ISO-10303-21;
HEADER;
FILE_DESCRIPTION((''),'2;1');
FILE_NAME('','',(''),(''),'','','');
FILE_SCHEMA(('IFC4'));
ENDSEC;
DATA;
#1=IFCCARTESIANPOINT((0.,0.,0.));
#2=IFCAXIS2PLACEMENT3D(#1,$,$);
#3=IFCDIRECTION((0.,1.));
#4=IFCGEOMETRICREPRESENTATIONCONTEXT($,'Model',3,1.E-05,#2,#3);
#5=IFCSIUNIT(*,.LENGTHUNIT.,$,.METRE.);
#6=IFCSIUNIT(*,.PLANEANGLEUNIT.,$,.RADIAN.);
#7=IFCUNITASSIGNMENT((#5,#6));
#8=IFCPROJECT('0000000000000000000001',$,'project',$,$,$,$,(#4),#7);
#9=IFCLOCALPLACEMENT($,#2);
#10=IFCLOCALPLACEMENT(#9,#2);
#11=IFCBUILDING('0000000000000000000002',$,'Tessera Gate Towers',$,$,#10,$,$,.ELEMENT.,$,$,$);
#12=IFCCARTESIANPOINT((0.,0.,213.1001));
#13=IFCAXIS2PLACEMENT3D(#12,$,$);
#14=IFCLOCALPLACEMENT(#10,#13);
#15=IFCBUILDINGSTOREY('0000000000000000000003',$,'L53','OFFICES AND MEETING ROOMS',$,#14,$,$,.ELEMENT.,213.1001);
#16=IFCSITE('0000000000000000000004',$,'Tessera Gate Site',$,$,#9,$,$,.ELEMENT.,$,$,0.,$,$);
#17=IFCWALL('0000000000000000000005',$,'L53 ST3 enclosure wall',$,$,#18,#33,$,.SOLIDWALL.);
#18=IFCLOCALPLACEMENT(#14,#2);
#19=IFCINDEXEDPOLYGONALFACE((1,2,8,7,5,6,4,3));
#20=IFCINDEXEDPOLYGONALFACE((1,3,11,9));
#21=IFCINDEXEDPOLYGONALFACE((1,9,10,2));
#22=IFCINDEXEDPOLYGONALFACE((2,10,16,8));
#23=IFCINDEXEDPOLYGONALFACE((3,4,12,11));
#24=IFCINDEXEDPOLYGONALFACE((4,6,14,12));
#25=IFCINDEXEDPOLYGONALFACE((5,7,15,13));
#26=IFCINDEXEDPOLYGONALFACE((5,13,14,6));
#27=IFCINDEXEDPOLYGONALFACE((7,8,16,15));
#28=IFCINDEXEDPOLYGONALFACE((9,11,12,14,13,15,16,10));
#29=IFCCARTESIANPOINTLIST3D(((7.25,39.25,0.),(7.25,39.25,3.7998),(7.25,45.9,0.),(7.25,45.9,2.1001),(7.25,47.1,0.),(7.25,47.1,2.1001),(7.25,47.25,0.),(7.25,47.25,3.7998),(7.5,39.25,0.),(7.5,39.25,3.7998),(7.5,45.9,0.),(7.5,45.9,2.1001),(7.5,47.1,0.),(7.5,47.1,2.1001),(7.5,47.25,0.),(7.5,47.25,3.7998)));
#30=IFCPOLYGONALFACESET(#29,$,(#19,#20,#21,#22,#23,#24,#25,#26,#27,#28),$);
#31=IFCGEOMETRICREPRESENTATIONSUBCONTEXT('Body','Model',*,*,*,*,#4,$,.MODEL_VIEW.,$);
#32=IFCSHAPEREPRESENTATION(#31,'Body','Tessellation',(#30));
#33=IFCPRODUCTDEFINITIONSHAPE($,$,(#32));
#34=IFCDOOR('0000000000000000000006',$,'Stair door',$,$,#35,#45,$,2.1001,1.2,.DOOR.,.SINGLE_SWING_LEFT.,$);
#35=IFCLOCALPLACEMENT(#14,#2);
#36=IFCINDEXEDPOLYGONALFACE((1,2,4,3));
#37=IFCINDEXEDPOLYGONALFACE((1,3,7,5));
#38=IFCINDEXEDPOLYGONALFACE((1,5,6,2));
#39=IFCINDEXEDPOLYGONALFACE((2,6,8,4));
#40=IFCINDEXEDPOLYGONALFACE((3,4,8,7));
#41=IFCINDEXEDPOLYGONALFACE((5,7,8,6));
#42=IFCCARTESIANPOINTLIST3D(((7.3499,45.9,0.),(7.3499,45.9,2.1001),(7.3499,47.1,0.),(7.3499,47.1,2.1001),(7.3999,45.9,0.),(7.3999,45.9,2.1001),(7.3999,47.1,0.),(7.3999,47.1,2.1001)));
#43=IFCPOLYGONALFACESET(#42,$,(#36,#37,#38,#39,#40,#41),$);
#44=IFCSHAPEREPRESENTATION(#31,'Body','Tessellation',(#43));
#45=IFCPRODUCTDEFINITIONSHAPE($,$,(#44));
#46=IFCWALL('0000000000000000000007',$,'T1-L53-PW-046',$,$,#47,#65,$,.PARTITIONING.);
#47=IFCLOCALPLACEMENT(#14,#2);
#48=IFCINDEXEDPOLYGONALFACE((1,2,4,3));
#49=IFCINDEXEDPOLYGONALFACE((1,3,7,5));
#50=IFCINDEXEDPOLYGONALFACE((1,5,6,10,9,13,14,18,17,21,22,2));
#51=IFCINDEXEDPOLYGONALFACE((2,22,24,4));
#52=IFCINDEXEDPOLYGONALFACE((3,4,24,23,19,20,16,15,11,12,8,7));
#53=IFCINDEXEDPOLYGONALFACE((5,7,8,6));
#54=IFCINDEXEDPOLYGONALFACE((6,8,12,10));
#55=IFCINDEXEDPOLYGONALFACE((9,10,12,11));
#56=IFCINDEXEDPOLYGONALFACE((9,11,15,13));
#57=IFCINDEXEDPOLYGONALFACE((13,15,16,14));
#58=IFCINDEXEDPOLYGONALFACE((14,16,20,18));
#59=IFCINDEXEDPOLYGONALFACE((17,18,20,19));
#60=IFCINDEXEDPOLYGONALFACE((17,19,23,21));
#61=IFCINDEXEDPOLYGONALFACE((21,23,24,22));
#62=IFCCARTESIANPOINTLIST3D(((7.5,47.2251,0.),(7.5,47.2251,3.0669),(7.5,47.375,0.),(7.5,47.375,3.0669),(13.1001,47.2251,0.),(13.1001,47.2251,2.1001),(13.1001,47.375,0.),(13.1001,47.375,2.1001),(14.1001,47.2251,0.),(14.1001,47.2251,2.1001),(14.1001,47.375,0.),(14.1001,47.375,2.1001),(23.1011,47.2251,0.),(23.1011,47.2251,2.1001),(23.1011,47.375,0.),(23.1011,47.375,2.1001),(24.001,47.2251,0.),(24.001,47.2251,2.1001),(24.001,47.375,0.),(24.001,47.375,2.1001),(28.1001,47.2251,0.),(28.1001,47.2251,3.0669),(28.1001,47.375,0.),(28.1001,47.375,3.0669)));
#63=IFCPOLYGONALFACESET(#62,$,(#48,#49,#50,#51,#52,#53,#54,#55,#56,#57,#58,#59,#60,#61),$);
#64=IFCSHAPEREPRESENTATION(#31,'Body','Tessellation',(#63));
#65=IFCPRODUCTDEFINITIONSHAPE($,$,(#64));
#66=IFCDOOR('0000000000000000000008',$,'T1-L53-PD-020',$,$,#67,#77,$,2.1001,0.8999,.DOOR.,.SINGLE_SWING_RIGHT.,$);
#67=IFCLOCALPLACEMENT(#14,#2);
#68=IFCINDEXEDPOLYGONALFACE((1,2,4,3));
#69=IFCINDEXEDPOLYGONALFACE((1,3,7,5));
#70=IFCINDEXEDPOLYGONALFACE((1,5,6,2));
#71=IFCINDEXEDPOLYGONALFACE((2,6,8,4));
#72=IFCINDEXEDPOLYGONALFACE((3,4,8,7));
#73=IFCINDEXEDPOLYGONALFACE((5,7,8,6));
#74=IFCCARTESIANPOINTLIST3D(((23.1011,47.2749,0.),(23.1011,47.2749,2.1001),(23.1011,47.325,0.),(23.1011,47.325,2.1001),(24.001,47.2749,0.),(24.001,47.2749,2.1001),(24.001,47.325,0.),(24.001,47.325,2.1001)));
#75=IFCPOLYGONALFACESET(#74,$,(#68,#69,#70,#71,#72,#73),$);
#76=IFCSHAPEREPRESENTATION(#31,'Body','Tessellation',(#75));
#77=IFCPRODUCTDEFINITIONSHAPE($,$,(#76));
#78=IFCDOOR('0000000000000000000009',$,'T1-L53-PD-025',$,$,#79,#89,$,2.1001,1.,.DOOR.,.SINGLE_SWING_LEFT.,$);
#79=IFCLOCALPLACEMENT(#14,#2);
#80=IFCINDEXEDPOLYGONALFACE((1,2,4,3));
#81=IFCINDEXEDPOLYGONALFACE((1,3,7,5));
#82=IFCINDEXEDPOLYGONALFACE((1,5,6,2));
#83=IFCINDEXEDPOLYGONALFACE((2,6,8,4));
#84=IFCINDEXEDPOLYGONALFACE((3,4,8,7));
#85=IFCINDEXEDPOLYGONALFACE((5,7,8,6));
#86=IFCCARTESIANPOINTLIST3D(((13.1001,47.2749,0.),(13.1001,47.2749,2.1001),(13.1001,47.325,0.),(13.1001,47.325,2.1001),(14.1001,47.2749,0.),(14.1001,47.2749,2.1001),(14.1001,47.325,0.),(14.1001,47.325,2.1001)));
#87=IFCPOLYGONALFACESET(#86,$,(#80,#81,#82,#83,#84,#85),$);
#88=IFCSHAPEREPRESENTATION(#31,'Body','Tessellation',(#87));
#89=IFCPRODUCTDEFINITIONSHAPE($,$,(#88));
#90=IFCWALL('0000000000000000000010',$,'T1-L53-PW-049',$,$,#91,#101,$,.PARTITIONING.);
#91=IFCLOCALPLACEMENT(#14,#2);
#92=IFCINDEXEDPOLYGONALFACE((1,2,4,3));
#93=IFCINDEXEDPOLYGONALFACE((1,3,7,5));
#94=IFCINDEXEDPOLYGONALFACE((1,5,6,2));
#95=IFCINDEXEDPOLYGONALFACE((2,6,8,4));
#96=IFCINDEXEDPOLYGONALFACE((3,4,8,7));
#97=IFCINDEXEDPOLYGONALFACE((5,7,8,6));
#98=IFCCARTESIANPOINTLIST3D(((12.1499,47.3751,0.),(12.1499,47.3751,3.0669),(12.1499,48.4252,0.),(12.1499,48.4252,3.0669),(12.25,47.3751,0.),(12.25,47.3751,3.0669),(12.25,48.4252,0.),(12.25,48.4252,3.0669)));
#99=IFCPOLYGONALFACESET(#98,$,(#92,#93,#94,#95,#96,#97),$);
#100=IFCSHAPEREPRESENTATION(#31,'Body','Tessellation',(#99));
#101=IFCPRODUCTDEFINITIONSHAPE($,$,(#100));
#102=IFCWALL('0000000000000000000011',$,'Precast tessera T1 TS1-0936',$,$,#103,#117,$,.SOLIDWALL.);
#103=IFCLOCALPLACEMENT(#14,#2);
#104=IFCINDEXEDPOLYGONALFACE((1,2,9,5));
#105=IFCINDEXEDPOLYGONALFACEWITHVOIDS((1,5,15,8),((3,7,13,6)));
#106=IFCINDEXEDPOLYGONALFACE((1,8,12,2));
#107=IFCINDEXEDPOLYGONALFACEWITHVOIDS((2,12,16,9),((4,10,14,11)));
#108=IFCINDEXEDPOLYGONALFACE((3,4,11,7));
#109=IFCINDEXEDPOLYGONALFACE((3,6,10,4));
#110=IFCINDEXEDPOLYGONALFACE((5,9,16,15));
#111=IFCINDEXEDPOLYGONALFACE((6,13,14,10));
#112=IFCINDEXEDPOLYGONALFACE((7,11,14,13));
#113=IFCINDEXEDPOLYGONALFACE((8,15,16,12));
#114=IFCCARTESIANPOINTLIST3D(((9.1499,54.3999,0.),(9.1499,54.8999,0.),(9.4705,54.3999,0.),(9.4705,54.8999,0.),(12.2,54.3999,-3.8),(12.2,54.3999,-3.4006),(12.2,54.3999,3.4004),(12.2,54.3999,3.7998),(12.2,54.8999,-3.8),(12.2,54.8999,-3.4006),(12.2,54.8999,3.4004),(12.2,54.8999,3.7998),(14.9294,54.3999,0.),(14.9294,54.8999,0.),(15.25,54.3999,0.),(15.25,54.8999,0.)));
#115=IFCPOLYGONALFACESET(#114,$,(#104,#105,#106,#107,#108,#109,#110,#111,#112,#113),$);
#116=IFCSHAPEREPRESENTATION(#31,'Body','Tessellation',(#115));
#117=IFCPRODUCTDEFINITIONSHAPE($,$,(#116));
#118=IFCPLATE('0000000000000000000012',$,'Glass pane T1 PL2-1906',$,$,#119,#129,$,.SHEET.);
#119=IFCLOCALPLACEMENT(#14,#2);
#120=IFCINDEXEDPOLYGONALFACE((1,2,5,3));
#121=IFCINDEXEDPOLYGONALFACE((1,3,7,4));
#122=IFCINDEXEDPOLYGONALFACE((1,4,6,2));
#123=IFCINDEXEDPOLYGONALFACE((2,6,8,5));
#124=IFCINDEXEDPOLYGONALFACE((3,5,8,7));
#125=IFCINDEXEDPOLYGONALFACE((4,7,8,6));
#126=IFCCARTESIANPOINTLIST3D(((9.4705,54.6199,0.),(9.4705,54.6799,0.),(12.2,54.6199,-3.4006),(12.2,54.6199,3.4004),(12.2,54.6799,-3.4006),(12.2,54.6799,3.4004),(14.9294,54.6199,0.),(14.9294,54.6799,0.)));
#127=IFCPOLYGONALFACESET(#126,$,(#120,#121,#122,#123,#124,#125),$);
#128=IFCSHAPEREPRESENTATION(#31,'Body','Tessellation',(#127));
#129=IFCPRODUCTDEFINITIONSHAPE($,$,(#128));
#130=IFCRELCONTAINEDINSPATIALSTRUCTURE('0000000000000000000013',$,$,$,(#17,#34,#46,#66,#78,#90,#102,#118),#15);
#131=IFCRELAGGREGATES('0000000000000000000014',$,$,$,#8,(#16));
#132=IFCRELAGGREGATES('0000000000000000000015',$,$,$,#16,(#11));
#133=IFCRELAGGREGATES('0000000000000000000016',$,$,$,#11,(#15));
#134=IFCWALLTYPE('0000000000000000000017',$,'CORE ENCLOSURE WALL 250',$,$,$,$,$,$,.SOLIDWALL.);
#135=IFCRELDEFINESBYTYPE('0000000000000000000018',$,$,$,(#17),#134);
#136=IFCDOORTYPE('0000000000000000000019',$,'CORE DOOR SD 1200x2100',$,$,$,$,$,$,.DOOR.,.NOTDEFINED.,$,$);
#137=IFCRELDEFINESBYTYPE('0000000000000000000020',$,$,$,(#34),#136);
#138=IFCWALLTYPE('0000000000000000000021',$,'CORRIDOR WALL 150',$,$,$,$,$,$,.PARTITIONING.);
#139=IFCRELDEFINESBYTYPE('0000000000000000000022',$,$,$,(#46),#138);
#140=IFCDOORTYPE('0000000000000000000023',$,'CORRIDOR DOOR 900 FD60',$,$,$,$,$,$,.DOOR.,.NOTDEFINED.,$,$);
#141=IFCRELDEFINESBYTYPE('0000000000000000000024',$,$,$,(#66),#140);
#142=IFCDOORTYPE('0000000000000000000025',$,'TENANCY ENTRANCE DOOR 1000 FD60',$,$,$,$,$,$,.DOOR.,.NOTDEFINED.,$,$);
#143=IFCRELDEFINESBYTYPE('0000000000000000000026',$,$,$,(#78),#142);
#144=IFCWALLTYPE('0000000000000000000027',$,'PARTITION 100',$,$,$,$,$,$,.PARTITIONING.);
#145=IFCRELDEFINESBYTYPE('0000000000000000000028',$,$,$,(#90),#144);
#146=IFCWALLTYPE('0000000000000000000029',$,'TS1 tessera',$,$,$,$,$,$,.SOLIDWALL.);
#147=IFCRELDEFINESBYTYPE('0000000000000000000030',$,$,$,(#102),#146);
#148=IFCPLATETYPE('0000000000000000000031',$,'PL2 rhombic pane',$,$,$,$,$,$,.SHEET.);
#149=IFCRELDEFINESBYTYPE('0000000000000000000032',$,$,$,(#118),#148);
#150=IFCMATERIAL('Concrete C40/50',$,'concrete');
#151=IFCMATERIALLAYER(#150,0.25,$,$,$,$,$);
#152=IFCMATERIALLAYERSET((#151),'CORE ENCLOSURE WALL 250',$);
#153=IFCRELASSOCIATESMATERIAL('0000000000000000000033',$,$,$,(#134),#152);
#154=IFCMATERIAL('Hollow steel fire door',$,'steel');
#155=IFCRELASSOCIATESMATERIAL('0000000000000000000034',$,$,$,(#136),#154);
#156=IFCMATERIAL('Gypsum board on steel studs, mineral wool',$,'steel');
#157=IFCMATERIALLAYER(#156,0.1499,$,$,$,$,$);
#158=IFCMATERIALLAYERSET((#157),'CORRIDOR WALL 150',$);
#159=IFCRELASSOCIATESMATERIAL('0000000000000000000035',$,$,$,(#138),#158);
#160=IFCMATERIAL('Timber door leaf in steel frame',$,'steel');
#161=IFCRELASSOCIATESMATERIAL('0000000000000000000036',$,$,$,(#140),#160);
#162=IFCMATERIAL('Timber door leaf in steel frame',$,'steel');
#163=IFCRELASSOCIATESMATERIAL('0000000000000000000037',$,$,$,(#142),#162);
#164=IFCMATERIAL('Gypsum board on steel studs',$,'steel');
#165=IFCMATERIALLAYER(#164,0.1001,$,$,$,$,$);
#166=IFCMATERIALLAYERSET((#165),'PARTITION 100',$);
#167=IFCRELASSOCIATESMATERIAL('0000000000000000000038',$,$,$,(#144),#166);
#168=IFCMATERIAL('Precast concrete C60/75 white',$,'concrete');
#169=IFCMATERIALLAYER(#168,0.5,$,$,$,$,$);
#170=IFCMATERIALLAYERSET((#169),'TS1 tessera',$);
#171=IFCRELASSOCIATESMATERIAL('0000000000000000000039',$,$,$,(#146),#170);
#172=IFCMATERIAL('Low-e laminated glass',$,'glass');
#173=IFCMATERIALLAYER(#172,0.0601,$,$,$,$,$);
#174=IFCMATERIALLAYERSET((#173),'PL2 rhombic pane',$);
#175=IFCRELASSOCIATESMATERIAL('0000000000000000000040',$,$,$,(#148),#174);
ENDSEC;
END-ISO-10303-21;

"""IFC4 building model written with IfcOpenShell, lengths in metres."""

from ifc_helpers import new_model, si_unit, direction, frame, frame_2d, origin, place, context, subcontext, project, spatial, polyline, rectangle, outline, extrude, source, transform, mapped, material, layer, layer_set, type_object, element, fill, save


model = new_model("IFC4")

# Units and contexts
model_context = context("Model", 3, precision=1e-05, world=origin(), true_north=direction((0.0, 1.0)))
body_context = subcontext(model_context, "Body", "Model", "MODEL_VIEW")
ifc_project = project(units=[si_unit("LENGTHUNIT", "METRE"), si_unit("PLANEANGLEUNIT", "RADIAN")], contexts=[model_context])

# Site, building, storey
site_placement = place(None, origin())
site = spatial("IfcSite", under=ifc_project, at=site_placement, Name="Tessera Gate Site", CompositionType="ELEMENT", RefElevation=0.0)
building_placement = place(site_placement, origin())
building = spatial("IfcBuilding", under=site, at=building_placement, Name="Tessera Gate Towers", CompositionType="ELEMENT")
storey_placement = place(building_placement, frame((0.0, 0.0, 213.1001)))
storey = spatial("IfcBuildingStorey", under=building, at=storey_placement, Name="L53", Description="OFFICES AND MEETING ROOMS", CompositionType="ELEMENT", Elevation=213.1001)

# Shared definitions
ifc_material_1 = material(Name="Concrete C40/50", Category="concrete")
ifc_layer_1 = layer(ifc_material_1, 0.25)
ifc_layer_set_1 = layer_set([ifc_layer_1], Name="CORE ENCLOSURE WALL 250")
wall_type_1 = type_object("IfcWallType", Name="CORE ENCLOSURE WALL 250", PredefinedType="SOLIDWALL", material=ifc_layer_set_1)

# Wall, opening, door
wall_1_placement = place(storey_placement, frame((7.375, 47.25, 0.0), z_axis=(0.0, 0.0, 1.0), x_axis=(0.0, -1.0, 0.0)))
wall_1 = element("IfcWall", 1, at=wall_1_placement, inside=storey, type_object=wall_type_1, Name="L53 ST3 enclosure wall", PredefinedType="SOLIDWALL", context=body_context, shape_type="SweptSolid", body=[
    extrude(rectangle(XDim=8.0, YDim=0.25, at=frame_2d((4.0, 0.0))), origin(), (0.0, 0.0, 1.0), 3.7998),
])
shared_shape_1 = source(origin(), body_context, "Body", "SweptSolid", [
    extrude(rectangle(XDim=1.2, YDim=2.1001, at=frame_2d((0.6001, 1.05))), frame((0.0, 0.135, 0.0), z_axis=(0.0, -1.0, 0.0), x_axis=(1.0, 0.0, 0.0)), (0.0, 0.0, 1.0), 0.27),
])
opening_1_placement = place(wall_1_placement, frame((0.1499, 0.0, 0.0)))
opening_1 = element("IfcOpeningElement", 2, at=opening_1_placement, cuts=wall_1, PredefinedType="OPENING", context=body_context, shape_type="MappedRepresentation", body=[
    mapped(shared_shape_1, transform((0.0, 0.0, 0.0), scale=1.0)),
])
ifc_material_2 = material(Name="Hollow steel fire door", Category="steel")
door_type_1 = type_object("IfcDoorType", Name="CORE DOOR SD 1200x2100", OperationType="NOTDEFINED", PredefinedType="DOOR", material=ifc_material_2)
shared_shape_2 = source(origin(), body_context, "Body", "SweptSolid", [
    extrude(rectangle(XDim=1.2, YDim=2.1001, at=frame_2d((0.6001, 1.05))), frame((0.0, 0.0249, 0.0), z_axis=(0.0, -1.0, 0.0), x_axis=(1.0, 0.0, 0.0)), (0.0, 0.0, 1.0), 0.05),
])
door_1_placement = place(opening_1_placement, origin())
door_1 = element("IfcDoor", 3, at=door_1_placement, inside=storey, type_object=door_type_1, Name="Stair door", OperationType="SINGLE_SWING_LEFT", OverallHeight=2.1001, OverallWidth=1.2, PredefinedType="DOOR", context=body_context, shape_type="MappedRepresentation", body=[
    mapped(shared_shape_2, transform((0.0, 0.0, 0.0), scale=1.0)),
])
fill(opening_1, door_1)

# Wall, openings, doors
ifc_material_3 = material(Name="Gypsum board on steel studs, mineral wool", Category="steel")
ifc_layer_2 = layer(ifc_material_3, 0.1499)
ifc_layer_set_2 = layer_set([ifc_layer_2], Name="CORRIDOR WALL 150")
wall_type_2 = type_object("IfcWallType", Name="CORRIDOR WALL 150", PredefinedType="PARTITIONING", material=ifc_layer_set_2)
wall_2_placement = place(storey_placement, frame((7.5, 47.3, 0.0), z_axis=(0.0, 0.0, 1.0), x_axis=(1.0, 0.0, 0.0)))
wall_2 = element("IfcWall", 4, at=wall_2_placement, inside=storey, type_object=wall_type_2, Name="T1-L53-PW-046", PredefinedType="PARTITIONING", context=body_context, shape_type="SweptSolid", body=[
    extrude(rectangle(XDim=20.6001, YDim=0.1499, at=frame_2d((10.3, 0.0))), origin(), (0.0, 0.0, 1.0), 3.0669),
])
shared_shape_3 = source(origin(), body_context, "Body", "SweptSolid", [
    extrude(rectangle(XDim=0.8999, YDim=2.1001, at=frame_2d((0.45, 1.05))), frame((0.0, 0.085, 0.0), z_axis=(0.0, -1.0, 0.0), x_axis=(1.0, 0.0, 0.0)), (0.0, 0.0, 1.0), 0.1699),
])
opening_2_placement = place(wall_2_placement, frame((15.6011, 0.0, 0.0)))
opening_2 = element("IfcOpeningElement", 5, at=opening_2_placement, cuts=wall_2, PredefinedType="OPENING", context=body_context, shape_type="MappedRepresentation", body=[
    mapped(shared_shape_3, transform((0.0, 0.0, 0.0), scale=1.0)),
])
shared_shape_4 = source(origin(), body_context, "Body", "SweptSolid", [
    extrude(rectangle(XDim=1.0, YDim=2.1001, at=frame_2d((0.5, 1.05))), frame((0.0, 0.085, 0.0), z_axis=(0.0, -1.0, 0.0), x_axis=(1.0, 0.0, 0.0)), (0.0, 0.0, 1.0), 0.1699),
])
opening_3_placement = place(wall_2_placement, frame((5.6001, 0.0, 0.0)))
opening_3 = element("IfcOpeningElement", 6, at=opening_3_placement, cuts=wall_2, PredefinedType="OPENING", context=body_context, shape_type="MappedRepresentation", body=[
    mapped(shared_shape_4, transform((0.0, 0.0, 0.0), scale=1.0)),
])
ifc_material_4 = material(Name="Timber door leaf in steel frame", Category="steel")
door_type_2 = type_object("IfcDoorType", Name="CORRIDOR DOOR 900 FD60", OperationType="NOTDEFINED", PredefinedType="DOOR", material=ifc_material_4)
shared_shape_5 = source(origin(), body_context, "Body", "SweptSolid", [
    extrude(rectangle(XDim=0.8999, YDim=2.1001, at=frame_2d((0.45, 1.05))), frame((0.0, 0.0249, 0.0), z_axis=(0.0, -1.0, 0.0), x_axis=(1.0, 0.0, 0.0)), (0.0, 0.0, 1.0), 0.05),
])
door_2_placement = place(opening_2_placement, origin())
door_2 = element("IfcDoor", 7, at=door_2_placement, inside=storey, type_object=door_type_2, Name="T1-L53-PD-020", OperationType="SINGLE_SWING_RIGHT", OverallHeight=2.1001, OverallWidth=0.8999, PredefinedType="DOOR", context=body_context, shape_type="MappedRepresentation", body=[
    mapped(shared_shape_5, transform((0.0, 0.0, 0.0), scale=1.0)),
])
fill(opening_2, door_2)
ifc_material_5 = material(Name="Timber door leaf in steel frame", Category="steel")
door_type_3 = type_object("IfcDoorType", Name="TENANCY ENTRANCE DOOR 1000 FD60", OperationType="NOTDEFINED", PredefinedType="DOOR", material=ifc_material_5)
shared_shape_6 = source(origin(), body_context, "Body", "SweptSolid", [
    extrude(rectangle(XDim=1.0, YDim=2.1001, at=frame_2d((0.5, 1.05))), frame((0.0, 0.0249, 0.0), z_axis=(0.0, -1.0, 0.0), x_axis=(1.0, 0.0, 0.0)), (0.0, 0.0, 1.0), 0.05),
])
door_3_placement = place(opening_3_placement, origin())
door_3 = element("IfcDoor", 8, at=door_3_placement, inside=storey, type_object=door_type_3, Name="T1-L53-PD-025", OperationType="SINGLE_SWING_LEFT", OverallHeight=2.1001, OverallWidth=1.0, PredefinedType="DOOR", context=body_context, shape_type="MappedRepresentation", body=[
    mapped(shared_shape_6, transform((0.0, 0.0, 0.0), scale=1.0)),
])
fill(opening_3, door_3)

# Wall
ifc_material_6 = material(Name="Gypsum board on steel studs", Category="steel")
ifc_layer_3 = layer(ifc_material_6, 0.1001)
ifc_layer_set_3 = layer_set([ifc_layer_3], Name="PARTITION 100")
wall_type_3 = type_object("IfcWallType", Name="PARTITION 100", PredefinedType="PARTITIONING", material=ifc_layer_set_3)
wall_3_placement = place(storey_placement, frame((12.2, 48.425, 0.0), z_axis=(0.0, 0.0, 1.0), x_axis=(0.0, -1.0, 0.0)))
element("IfcWall", 9, at=wall_3_placement, inside=storey, type_object=wall_type_3, Name="T1-L53-PW-049", PredefinedType="PARTITIONING", context=body_context, shape_type="SweptSolid", body=[
    extrude(rectangle(XDim=1.05, YDim=0.1001, at=frame_2d((0.5249, 0.0))), origin(), (0.0, 0.0, 1.0), 3.0669),
])

# Wall, opening, plate
ifc_material_7 = material(Name="Precast concrete C60/75 white", Category="concrete")
ifc_layer_4 = layer(ifc_material_7, 0.5)
ifc_layer_set_4 = layer_set([ifc_layer_4], Name="TS1 tessera")
wall_type_4 = type_object("IfcWallType", Name="TS1 tessera", PredefinedType="SOLIDWALL", material=ifc_layer_set_4)
shared_shape_7 = source(origin(), body_context, "Body", "SweptSolid", [
    extrude(outline(polyline([(3.05, 0.0), (6.1001, 3.8), (3.05, 7.5999), (0.0, 3.8), (3.05, 0.0)])), frame((0.0, 0.25, 0.0), z_axis=(0.0, -1.0, 0.0), x_axis=(1.0, 0.0, 0.0)), (0.0, 0.0, 1.0), 0.5),
])
wall_4_placement = place(storey_placement, frame((15.25, 54.6499, -3.8), z_axis=(0.0, 0.0, 1.0), x_axis=(-1.0, 0.0, 0.0)))
wall_4 = element("IfcWall", 10, at=wall_4_placement, inside=storey, type_object=wall_type_4, Name="Precast tessera T1 TS1-0936", PredefinedType="SOLIDWALL", context=body_context, shape_type="MappedRepresentation", body=[
    mapped(shared_shape_7, transform((0.0, 0.0, 0.0), scale=1.0)),
])
shared_shape_8 = source(origin(), body_context, "Body", "SweptSolid", [
    extrude(outline(polyline([(3.05, 0.3994), (5.7795, 3.8), (3.05, 7.2004), (0.3206, 3.8), (3.05, 0.3994)])), frame((0.0, 0.26, 0.0), z_axis=(0.0, -1.0, 0.0), x_axis=(1.0, 0.0, 0.0)), (0.0, 0.0, 1.0), 0.52),
])
opening_4_placement = place(wall_4_placement, origin())
opening_4 = element("IfcOpeningElement", 11, at=opening_4_placement, cuts=wall_4, PredefinedType="OPENING", context=body_context, shape_type="MappedRepresentation", body=[
    mapped(shared_shape_8, transform((0.0, 0.0, 0.0), scale=1.0)),
])
ifc_material_8 = material(Name="Low-e laminated glass", Category="glass")
ifc_layer_5 = layer(ifc_material_8, 0.0601)
ifc_layer_set_5 = layer_set([ifc_layer_5], Name="PL2 rhombic pane")
plate_type = type_object("IfcPlateType", Name="PL2 rhombic pane", PredefinedType="SHEET", material=ifc_layer_set_5)
shared_shape_9 = source(origin(), body_context, "Body", "SweptSolid", [
    extrude(outline(polyline([(3.05, 0.3994), (5.7795, 3.8), (3.05, 7.2004), (0.3206, 3.8), (3.05, 0.3994)])), frame((0.0, 0.03, 0.0), z_axis=(0.0, -1.0, 0.0), x_axis=(1.0, 0.0, 0.0)), (0.0, 0.0, 1.0), 0.0601),
])
plate_placement = place(opening_4_placement, origin())
plate = element("IfcPlate", 12, at=plate_placement, inside=storey, type_object=plate_type, Name="Glass pane T1 PL2-1906", PredefinedType="SHEET", context=body_context, shape_type="MappedRepresentation", body=[
    mapped(shared_shape_9, transform((0.0, 0.0, 0.0), scale=1.0)),
])
fill(opening_4, plate)

save(model, "model.ifc")
